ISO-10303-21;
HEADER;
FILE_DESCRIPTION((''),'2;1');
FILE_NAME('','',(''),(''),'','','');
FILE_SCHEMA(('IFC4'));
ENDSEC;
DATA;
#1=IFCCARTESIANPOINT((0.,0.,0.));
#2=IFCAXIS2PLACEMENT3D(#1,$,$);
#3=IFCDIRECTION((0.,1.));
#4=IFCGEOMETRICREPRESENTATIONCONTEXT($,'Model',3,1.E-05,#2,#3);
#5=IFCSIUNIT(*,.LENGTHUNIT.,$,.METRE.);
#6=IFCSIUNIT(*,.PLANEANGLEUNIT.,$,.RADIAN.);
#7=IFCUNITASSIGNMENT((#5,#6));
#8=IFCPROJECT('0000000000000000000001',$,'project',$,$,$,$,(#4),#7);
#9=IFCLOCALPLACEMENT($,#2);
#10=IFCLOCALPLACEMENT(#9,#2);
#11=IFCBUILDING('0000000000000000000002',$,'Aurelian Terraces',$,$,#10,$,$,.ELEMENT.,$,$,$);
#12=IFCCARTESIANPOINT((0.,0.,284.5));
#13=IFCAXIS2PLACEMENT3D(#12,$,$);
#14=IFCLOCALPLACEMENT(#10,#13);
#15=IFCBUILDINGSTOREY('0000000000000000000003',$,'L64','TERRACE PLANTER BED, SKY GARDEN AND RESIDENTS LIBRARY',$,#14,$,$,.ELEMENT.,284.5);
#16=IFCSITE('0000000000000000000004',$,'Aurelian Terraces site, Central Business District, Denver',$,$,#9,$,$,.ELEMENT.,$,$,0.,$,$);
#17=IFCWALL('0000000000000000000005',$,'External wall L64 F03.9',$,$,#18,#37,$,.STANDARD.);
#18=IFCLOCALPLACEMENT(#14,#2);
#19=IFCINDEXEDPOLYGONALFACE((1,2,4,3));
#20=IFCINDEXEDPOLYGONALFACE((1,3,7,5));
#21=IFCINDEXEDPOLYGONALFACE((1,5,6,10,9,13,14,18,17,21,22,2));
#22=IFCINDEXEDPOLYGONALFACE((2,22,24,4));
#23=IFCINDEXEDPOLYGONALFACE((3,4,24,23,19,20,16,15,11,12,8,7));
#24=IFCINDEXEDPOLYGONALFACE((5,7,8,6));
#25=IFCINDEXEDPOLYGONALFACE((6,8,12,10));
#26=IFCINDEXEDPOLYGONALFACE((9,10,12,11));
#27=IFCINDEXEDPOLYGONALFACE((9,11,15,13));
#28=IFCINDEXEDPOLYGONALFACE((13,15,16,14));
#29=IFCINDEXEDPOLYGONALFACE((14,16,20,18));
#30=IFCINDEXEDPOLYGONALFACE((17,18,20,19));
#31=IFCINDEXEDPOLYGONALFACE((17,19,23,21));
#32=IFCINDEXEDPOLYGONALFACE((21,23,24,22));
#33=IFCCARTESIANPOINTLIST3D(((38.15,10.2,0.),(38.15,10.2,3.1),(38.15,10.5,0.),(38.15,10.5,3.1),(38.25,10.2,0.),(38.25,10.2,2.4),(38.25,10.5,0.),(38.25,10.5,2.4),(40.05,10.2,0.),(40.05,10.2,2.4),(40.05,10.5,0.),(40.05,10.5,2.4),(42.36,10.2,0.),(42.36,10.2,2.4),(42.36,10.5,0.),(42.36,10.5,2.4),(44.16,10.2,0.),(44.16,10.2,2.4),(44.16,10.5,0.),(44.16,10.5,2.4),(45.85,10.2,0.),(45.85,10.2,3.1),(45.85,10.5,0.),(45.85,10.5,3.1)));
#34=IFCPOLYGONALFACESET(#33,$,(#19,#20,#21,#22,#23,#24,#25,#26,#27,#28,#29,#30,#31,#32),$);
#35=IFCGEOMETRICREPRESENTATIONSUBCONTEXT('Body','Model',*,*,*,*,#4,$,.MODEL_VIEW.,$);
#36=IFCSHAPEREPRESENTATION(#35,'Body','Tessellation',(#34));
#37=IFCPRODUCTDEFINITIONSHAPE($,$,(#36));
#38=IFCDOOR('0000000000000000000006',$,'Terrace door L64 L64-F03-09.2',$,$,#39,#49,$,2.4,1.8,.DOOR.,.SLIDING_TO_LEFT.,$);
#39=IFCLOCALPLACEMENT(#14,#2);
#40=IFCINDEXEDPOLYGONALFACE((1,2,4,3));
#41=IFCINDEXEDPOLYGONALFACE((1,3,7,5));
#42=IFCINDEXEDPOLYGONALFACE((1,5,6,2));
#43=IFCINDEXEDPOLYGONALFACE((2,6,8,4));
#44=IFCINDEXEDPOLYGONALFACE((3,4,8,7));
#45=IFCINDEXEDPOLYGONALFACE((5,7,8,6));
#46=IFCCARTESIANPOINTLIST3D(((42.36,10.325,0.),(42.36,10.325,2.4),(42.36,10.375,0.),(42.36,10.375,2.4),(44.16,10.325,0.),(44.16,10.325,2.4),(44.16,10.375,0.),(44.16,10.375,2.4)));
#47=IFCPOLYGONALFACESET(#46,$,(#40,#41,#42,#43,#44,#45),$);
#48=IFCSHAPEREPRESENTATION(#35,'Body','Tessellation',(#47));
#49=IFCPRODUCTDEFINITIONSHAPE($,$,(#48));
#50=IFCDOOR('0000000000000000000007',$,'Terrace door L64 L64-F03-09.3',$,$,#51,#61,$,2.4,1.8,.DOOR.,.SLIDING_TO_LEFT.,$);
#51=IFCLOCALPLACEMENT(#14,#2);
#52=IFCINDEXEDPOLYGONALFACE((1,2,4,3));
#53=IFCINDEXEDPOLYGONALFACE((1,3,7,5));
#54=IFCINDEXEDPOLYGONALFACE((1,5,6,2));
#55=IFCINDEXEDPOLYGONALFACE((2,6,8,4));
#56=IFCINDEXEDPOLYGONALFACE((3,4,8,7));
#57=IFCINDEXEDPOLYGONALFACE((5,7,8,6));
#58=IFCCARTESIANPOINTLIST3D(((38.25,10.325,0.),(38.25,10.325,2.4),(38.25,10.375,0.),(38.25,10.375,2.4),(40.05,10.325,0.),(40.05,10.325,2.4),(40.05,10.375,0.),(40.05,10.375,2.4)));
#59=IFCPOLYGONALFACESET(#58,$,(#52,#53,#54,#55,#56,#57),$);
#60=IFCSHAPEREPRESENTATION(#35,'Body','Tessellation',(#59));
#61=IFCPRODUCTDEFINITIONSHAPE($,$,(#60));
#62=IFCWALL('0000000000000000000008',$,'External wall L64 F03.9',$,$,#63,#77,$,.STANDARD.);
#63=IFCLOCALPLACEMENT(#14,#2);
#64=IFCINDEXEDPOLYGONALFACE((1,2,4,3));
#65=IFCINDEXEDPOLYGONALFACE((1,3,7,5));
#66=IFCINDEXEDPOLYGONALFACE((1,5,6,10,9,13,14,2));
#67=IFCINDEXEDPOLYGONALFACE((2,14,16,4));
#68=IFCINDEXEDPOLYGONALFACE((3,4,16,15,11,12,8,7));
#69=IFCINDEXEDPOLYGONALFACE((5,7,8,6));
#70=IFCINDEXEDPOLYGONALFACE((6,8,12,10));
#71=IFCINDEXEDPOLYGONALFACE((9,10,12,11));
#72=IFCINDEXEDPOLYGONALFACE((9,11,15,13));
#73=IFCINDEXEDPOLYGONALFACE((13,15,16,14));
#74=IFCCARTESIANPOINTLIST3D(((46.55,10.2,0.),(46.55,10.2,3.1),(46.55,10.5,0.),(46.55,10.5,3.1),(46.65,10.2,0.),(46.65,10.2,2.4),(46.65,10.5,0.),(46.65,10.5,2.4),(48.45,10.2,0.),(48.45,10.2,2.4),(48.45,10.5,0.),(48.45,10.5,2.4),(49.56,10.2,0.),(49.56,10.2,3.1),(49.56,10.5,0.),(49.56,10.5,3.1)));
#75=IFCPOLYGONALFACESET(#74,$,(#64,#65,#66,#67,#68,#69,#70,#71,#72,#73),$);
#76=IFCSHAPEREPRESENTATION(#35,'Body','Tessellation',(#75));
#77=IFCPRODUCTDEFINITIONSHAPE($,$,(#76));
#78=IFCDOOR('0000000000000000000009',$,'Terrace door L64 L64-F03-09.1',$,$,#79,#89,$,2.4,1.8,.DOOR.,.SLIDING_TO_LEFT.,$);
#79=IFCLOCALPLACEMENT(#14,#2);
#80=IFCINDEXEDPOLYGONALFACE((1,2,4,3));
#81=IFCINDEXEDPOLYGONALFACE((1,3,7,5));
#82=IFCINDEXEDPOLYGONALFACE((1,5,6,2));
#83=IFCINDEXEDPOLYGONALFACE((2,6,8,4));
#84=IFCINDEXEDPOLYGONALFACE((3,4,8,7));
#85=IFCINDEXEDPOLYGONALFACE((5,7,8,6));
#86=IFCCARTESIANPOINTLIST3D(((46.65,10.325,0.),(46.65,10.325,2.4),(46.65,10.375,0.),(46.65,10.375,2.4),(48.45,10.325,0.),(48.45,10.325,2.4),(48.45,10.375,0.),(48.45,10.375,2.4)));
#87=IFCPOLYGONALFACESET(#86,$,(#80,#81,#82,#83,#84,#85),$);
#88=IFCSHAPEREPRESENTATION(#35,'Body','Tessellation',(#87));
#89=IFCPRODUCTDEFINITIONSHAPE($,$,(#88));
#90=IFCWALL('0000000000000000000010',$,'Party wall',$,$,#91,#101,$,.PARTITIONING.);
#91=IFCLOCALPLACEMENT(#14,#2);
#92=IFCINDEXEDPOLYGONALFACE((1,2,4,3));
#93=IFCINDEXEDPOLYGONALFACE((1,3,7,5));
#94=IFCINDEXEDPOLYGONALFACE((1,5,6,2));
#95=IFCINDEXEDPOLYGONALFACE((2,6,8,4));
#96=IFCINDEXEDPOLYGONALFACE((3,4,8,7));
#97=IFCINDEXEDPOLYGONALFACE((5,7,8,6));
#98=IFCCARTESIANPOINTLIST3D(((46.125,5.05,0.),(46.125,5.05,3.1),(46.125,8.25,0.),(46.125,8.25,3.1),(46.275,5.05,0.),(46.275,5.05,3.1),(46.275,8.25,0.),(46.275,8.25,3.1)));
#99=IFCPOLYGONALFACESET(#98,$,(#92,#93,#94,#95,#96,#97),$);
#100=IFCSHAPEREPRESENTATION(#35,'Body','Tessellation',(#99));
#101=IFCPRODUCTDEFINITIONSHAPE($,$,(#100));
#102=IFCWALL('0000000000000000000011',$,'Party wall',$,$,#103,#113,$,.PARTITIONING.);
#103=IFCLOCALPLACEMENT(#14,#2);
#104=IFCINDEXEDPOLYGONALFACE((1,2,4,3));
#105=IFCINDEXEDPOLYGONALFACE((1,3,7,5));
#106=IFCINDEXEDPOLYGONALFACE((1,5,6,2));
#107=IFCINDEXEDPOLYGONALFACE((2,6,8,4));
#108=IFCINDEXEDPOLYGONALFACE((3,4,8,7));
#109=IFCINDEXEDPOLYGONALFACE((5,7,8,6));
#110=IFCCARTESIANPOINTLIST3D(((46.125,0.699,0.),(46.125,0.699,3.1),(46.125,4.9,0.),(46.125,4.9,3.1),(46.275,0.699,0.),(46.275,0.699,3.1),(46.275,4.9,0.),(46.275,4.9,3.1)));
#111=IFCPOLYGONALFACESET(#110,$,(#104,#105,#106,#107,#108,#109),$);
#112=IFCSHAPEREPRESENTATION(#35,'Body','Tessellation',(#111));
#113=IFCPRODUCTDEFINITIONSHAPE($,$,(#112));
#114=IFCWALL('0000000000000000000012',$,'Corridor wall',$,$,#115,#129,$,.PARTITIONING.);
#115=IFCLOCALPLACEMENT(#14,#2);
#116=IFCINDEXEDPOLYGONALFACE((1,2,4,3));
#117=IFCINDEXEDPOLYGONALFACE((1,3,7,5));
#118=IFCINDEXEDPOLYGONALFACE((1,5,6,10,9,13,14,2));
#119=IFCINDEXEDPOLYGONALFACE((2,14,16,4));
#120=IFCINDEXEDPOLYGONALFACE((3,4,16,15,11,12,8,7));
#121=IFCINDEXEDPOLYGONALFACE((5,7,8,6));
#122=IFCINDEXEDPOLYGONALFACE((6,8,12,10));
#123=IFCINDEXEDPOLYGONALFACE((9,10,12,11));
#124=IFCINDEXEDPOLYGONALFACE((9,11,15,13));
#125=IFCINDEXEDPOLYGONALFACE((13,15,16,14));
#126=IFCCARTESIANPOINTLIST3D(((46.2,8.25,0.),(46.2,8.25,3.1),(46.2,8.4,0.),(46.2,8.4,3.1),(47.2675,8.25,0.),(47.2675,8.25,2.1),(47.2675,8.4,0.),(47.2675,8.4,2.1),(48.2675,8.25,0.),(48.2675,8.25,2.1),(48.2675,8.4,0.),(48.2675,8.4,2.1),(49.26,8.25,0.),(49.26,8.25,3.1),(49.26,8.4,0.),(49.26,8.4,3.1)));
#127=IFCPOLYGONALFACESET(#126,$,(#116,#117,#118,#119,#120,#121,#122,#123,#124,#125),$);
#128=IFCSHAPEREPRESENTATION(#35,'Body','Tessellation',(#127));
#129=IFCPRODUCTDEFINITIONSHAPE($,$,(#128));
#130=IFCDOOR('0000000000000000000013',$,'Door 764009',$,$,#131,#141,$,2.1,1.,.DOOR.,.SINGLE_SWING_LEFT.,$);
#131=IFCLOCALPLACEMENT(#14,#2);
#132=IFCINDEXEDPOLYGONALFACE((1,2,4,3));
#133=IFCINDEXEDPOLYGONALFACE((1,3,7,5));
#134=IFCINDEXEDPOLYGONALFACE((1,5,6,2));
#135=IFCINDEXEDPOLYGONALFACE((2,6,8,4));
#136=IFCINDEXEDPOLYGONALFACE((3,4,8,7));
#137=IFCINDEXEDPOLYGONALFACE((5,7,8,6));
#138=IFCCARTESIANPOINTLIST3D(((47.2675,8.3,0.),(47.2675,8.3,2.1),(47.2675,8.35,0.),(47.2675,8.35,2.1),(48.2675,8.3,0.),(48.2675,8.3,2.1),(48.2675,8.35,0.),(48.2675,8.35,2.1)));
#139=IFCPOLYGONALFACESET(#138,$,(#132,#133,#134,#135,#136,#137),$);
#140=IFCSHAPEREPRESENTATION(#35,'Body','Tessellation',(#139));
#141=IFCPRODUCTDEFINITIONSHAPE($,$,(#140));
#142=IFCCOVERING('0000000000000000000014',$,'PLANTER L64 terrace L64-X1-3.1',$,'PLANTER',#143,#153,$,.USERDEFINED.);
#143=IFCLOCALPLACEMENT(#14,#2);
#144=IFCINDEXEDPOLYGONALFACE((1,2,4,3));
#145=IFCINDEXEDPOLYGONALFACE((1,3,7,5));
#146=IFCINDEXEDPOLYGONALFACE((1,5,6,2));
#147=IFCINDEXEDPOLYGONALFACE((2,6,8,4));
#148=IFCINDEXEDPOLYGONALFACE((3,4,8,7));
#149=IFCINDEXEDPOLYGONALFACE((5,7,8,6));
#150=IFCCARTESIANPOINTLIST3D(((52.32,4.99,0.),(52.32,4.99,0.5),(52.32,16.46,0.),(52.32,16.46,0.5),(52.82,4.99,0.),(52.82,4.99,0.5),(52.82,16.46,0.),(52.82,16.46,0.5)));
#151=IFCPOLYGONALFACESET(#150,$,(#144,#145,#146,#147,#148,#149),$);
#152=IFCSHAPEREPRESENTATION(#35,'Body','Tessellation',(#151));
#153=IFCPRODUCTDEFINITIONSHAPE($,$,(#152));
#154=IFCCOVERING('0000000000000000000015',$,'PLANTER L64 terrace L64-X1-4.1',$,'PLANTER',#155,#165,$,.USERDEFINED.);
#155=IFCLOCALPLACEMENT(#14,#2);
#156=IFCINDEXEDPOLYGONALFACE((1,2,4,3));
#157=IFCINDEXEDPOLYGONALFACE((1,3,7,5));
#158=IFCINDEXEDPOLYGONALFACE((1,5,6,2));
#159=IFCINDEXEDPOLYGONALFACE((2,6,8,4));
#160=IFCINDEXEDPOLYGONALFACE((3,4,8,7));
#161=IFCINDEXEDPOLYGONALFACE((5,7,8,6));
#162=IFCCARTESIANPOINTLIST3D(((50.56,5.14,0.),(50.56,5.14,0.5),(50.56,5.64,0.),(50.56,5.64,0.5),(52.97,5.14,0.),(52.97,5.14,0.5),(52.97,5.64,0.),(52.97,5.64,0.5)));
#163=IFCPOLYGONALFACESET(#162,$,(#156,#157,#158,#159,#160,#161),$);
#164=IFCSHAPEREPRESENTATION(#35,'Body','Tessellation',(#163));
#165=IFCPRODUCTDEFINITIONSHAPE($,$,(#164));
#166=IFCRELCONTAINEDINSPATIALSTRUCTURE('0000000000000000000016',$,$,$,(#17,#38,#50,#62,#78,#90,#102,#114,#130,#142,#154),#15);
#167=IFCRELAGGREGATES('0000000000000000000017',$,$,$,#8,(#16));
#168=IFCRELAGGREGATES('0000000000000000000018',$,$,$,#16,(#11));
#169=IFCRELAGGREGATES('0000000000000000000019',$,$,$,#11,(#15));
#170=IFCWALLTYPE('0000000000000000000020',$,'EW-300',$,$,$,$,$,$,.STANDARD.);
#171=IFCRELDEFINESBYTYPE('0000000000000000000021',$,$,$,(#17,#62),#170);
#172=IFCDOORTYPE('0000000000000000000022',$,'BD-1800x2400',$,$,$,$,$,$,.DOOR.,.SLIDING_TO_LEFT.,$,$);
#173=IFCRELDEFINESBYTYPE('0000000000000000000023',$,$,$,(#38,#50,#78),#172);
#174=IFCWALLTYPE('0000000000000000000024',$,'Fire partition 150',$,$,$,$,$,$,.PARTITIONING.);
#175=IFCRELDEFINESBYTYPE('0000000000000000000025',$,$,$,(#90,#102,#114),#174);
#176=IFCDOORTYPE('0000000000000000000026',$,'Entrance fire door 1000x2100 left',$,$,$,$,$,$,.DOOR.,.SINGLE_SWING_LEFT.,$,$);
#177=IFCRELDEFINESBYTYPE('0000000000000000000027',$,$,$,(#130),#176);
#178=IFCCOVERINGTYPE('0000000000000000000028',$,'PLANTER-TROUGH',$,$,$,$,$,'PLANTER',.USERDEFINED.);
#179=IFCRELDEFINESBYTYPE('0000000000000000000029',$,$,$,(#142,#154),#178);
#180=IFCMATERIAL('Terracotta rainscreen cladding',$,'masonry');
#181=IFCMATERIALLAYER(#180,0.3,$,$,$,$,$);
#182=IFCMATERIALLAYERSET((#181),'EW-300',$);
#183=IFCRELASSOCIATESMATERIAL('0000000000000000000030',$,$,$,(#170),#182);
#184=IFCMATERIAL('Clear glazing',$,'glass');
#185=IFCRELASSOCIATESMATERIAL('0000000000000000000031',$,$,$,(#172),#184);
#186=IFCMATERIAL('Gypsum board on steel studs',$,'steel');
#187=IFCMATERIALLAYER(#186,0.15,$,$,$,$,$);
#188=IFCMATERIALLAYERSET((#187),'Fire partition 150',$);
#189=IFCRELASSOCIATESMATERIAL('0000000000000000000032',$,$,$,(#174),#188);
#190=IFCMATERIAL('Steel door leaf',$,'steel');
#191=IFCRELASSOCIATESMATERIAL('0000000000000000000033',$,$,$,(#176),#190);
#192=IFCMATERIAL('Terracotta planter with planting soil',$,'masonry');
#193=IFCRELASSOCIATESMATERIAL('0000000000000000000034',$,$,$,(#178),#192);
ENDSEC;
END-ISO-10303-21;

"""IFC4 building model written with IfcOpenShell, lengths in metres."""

from ifc_helpers import new_model, si_unit, direction, frame, frame_2d, origin, origin_2d, place, context, subcontext, project, spatial, rectangle, extrude, source, transform, mapped, material, layer, layer_set, type_object, element, fill, save


model = new_model("IFC4")

# Units and contexts
model_context = context("Model", 3, precision=1e-05, world=origin(), true_north=direction((0.0, 1.0)))
body_context = subcontext(model_context, "Body", "Model", "MODEL_VIEW")
ifc_project = project(units=[si_unit("LENGTHUNIT", "METRE"), si_unit("PLANEANGLEUNIT", "RADIAN")], contexts=[model_context])

# Site, building, storey
site_placement = place(None, origin())
site = spatial("IfcSite", under=ifc_project, at=site_placement, Name="Aurelian Terraces site, Central Business District, Denver", CompositionType="ELEMENT", RefElevation=0.0)
building_placement = place(site_placement, origin())
building = spatial("IfcBuilding", under=site, at=building_placement, Name="Aurelian Terraces", CompositionType="ELEMENT")
storey_placement = place(building_placement, frame((0.0, 0.0, 284.5)))
storey = spatial("IfcBuildingStorey", under=building, at=storey_placement, Name="L64", Description="TERRACE PLANTER BED, SKY GARDEN AND RESIDENTS LIBRARY", CompositionType="ELEMENT", Elevation=284.5)

# Shared definitions
ifc_material_1 = material(Name="Terracotta rainscreen cladding", Category="masonry")
ifc_layer_1 = layer(ifc_material_1, 0.3)
ifc_layer_set_1 = layer_set([ifc_layer_1], Name="EW-300")
wall_type_1 = type_object("IfcWallType", Name="EW-300", PredefinedType="STANDARD", material=ifc_layer_set_1)
ifc_material_2 = material(Name="Clear glazing", Category="glass")

# Shared definitions
shared_shape_1 = source(origin(), body_context, "Body", "SweptSolid", [
    extrude(rectangle(XDim=1.8, YDim=2.4, at=frame_2d((0.9, 1.2))), frame((0.0, 0.16, 0.0), z_axis=(0.0, -1.0, 0.0), x_axis=(1.0, 0.0, 0.0)), (0.0, 0.0, 1.0), 0.32),
])
door_type_1 = type_object("IfcDoorType", Name="BD-1800x2400", OperationType="SLIDING_TO_LEFT", PredefinedType="DOOR", material=ifc_material_2)
shared_shape_2 = source(origin(), body_context, "Body", "SweptSolid", [
    extrude(rectangle(XDim=1.8, YDim=2.4, at=frame_2d((0.9, 1.2))), frame((0.0, 0.025, 0.0), z_axis=(0.0, -1.0, 0.0), x_axis=(1.0, 0.0, 0.0)), (0.0, 0.0, 1.0), 0.05),
])

# Shared definitions
ifc_material_3 = material(Name="Gypsum board on steel studs", Category="steel")

# Wall, openings, doors
shared_shape_3 = source(origin(), body_context, "Body", "SweptSolid", [
    extrude(rectangle(XDim=7.7, YDim=0.3, at=frame_2d((3.85, 0.0))), origin(), (0.0, 0.0, 1.0), 3.1),
])
wall_1_placement = place(storey_placement, frame((45.85, 10.35, 0.0), z_axis=(0.0, 0.0, 1.0), x_axis=(-1.0, 0.0, 0.0)))
wall_1 = element("IfcWall", 1, at=wall_1_placement, inside=storey, type_object=wall_type_1, Name="External wall L64 F03.9", PredefinedType="STANDARD", context=body_context, shape_type="MappedRepresentation", body=[
    mapped(shared_shape_3, transform((0.0, 0.0, 0.0), scale=1.0)),
])
opening_1_placement = place(wall_1_placement, frame((1.69, 0.0, 0.0)))
opening_1 = element("IfcOpeningElement", 2, at=opening_1_placement, cuts=wall_1, PredefinedType="OPENING", context=body_context, shape_type="MappedRepresentation", body=[
    mapped(shared_shape_1, transform((0.0, 0.0, 0.0), scale=1.0)),
])
opening_2_placement = place(wall_1_placement, frame((5.8, 0.0, 0.0)))
opening_2 = element("IfcOpeningElement", 3, at=opening_2_placement, cuts=wall_1, PredefinedType="OPENING", context=body_context, shape_type="MappedRepresentation", body=[
    mapped(shared_shape_1, transform((0.0, 0.0, 0.0), scale=1.0)),
])
door_1_placement = place(opening_1_placement, origin())
door_1 = element("IfcDoor", 4, at=door_1_placement, inside=storey, type_object=door_type_1, Name="Terrace door L64 L64-F03-09.2", OperationType="SLIDING_TO_LEFT", OverallHeight=2.4, OverallWidth=1.8, PredefinedType="DOOR", context=body_context, shape_type="MappedRepresentation", body=[
    mapped(shared_shape_2, transform((0.0, 0.0, 0.0), scale=1.0)),
])
fill(opening_1, door_1)
door_2_placement = place(opening_2_placement, origin())
door_2 = element("IfcDoor", 5, at=door_2_placement, inside=storey, type_object=door_type_1, Name="Terrace door L64 L64-F03-09.3", OperationType="SLIDING_TO_LEFT", OverallHeight=2.4, OverallWidth=1.8, PredefinedType="DOOR", context=body_context, shape_type="MappedRepresentation", body=[
    mapped(shared_shape_2, transform((0.0, 0.0, 0.0), scale=1.0)),
])
fill(opening_2, door_2)

# Wall, opening, door
shared_shape_4 = source(origin(), body_context, "Body", "SweptSolid", [
    extrude(rectangle(XDim=3.01, YDim=0.3, at=frame_2d((1.505, 0.0))), origin(), (0.0, 0.0, 1.0), 3.1),
])
wall_2_placement = place(storey_placement, frame((49.56, 10.35, 0.0), z_axis=(0.0, 0.0, 1.0), x_axis=(-1.0, 0.0, 0.0)))
wall_2 = element("IfcWall", 6, at=wall_2_placement, inside=storey, type_object=wall_type_1, Name="External wall L64 F03.9", PredefinedType="STANDARD", context=body_context, shape_type="MappedRepresentation", body=[
    mapped(shared_shape_4, transform((0.0, 0.0, 0.0), scale=1.0)),
])
opening_3_placement = place(wall_2_placement, frame((1.11, 0.0, 0.0)))
opening_3 = element("IfcOpeningElement", 7, at=opening_3_placement, cuts=wall_2, PredefinedType="OPENING", context=body_context, shape_type="MappedRepresentation", body=[
    mapped(shared_shape_1, transform((0.0, 0.0, 0.0), scale=1.0)),
])
door_3_placement = place(opening_3_placement, origin())
door_3 = element("IfcDoor", 8, at=door_3_placement, inside=storey, type_object=door_type_1, Name="Terrace door L64 L64-F03-09.1", OperationType="SLIDING_TO_LEFT", OverallHeight=2.4, OverallWidth=1.8, PredefinedType="DOOR", context=body_context, shape_type="MappedRepresentation", body=[
    mapped(shared_shape_2, transform((0.0, 0.0, 0.0), scale=1.0)),
])
fill(opening_3, door_3)

# Walls
ifc_layer_2 = layer(ifc_material_3, 0.15)
ifc_layer_set_2 = layer_set([ifc_layer_2], Name="Fire partition 150")
wall_type_2 = type_object("IfcWallType", Name="Fire partition 150", PredefinedType="PARTITIONING", material=ifc_layer_set_2)
shared_shape_5 = source(origin(), body_context, "Body", "SweptSolid", [
    extrude(rectangle(XDim=3.2, YDim=0.15, at=frame_2d((1.6, 0.0))), origin(), (0.0, 0.0, 1.0), 3.1),
])
wall_3_placement = place(storey_placement, frame((46.2, 5.05, 0.0), z_axis=(0.0, 0.0, 1.0), x_axis=(0.0, 1.0, 0.0)))
element("IfcWall", 9, at=wall_3_placement, inside=storey, type_object=wall_type_2, Name="Party wall", PredefinedType="PARTITIONING", context=body_context, shape_type="MappedRepresentation", body=[
    mapped(shared_shape_5, transform((0.0, 0.0, 0.0), scale=1.0)),
])
shared_shape_6 = source(origin(), body_context, "Body", "SweptSolid", [
    extrude(rectangle(XDim=4.201, YDim=0.15, at=frame_2d((2.1005, 0.0))), origin(), (0.0, 0.0, 1.0), 3.1),
])
wall_4_placement = place(storey_placement, frame((46.2, 0.699, 0.0), z_axis=(0.0, 0.0, 1.0), x_axis=(0.0, 1.0, 0.0)))
element("IfcWall", 10, at=wall_4_placement, inside=storey, type_object=wall_type_2, Name="Party wall", PredefinedType="PARTITIONING", context=body_context, shape_type="MappedRepresentation", body=[
    mapped(shared_shape_6, transform((0.0, 0.0, 0.0), scale=1.0)),
])

# Wall, opening, door
shared_shape_7 = source(origin(), body_context, "Body", "SweptSolid", [
    extrude(rectangle(XDim=3.06, YDim=0.15, at=frame_2d((1.53, 0.0))), origin(), (0.0, 0.0, 1.0), 3.1),
])
wall_5_placement = place(storey_placement, frame((49.26, 8.325, 0.0), z_axis=(0.0, 0.0, 1.0), x_axis=(-1.0, 0.0, 0.0)))
wall_5 = element("IfcWall", 11, at=wall_5_placement, inside=storey, type_object=wall_type_2, Name="Corridor wall", PredefinedType="PARTITIONING", context=body_context, shape_type="MappedRepresentation", body=[
    mapped(shared_shape_7, transform((0.0, 0.0, 0.0), scale=1.0)),
])
shared_shape_8 = source(origin(), body_context, "Body", "SweptSolid", [
    extrude(rectangle(XDim=1.0, YDim=2.1, at=frame_2d((0.5, 1.05))), frame((0.0, 0.085, 0.0), z_axis=(0.0, -1.0, 0.0), x_axis=(1.0, 0.0, 0.0)), (0.0, 0.0, 1.0), 0.17),
])
opening_4_placement = place(wall_5_placement, frame((0.9925, 0.0, 0.0)))
opening_4 = element("IfcOpeningElement", 12, at=opening_4_placement, cuts=wall_5, PredefinedType="OPENING", context=body_context, shape_type="MappedRepresentation", body=[
    mapped(shared_shape_8, transform((0.0, 0.0, 0.0), scale=1.0)),
])
ifc_material_4 = material(Name="Steel door leaf", Category="steel")
door_type_2 = type_object("IfcDoorType", Name="Entrance fire door 1000x2100 left", OperationType="SINGLE_SWING_LEFT", PredefinedType="DOOR", material=ifc_material_4)
shared_shape_9 = source(origin(), body_context, "Body", "SweptSolid", [
    extrude(rectangle(XDim=1.0, YDim=2.1, at=frame_2d((0.5, 1.05))), frame((0.0, 0.025, 0.0), z_axis=(0.0, -1.0, 0.0), x_axis=(1.0, 0.0, 0.0)), (0.0, 0.0, 1.0), 0.05),
])
door_4_placement = place(opening_4_placement, origin())
door_4 = element("IfcDoor", 13, at=door_4_placement, inside=storey, type_object=door_type_2, Name="Door 764009", OperationType="SINGLE_SWING_LEFT", OverallHeight=2.1, OverallWidth=1.0, PredefinedType="DOOR", context=body_context, shape_type="MappedRepresentation", body=[
    mapped(shared_shape_9, transform((0.0, 0.0, 0.0), scale=1.0)),
])
fill(opening_4, door_4)

# Coverings
ifc_material_5 = material(Name="Terracotta planter with planting soil", Category="masonry")
covering_type_1 = type_object("IfcCoveringType", Name="PLANTER-TROUGH", ElementType="PLANTER", PredefinedType="USERDEFINED", material=ifc_material_5)
covering_1_placement = place(storey_placement, frame((52.57, 10.725, 0.0), z_axis=(0.0, 0.0, 1.0), x_axis=(1.0, 0.0, 0.0)))
element("IfcCovering", 14, at=covering_1_placement, inside=storey, type_object=covering_type_1, Name="PLANTER L64 terrace L64-X1-3.1", ObjectType="PLANTER", PredefinedType="USERDEFINED", context=body_context, shape_type="SweptSolid", body=[
    extrude(rectangle(XDim=0.5, YDim=11.47, at=origin_2d()), origin(), (0.0, 0.0, 1.0), 0.5),
])
shared_shape_10 = source(origin(), body_context, "Body", "SweptSolid", [
    extrude(rectangle(XDim=2.41, YDim=0.5, at=origin_2d()), origin(), (0.0, 0.0, 1.0), 0.5),
])
covering_2_placement = place(storey_placement, frame((51.765, 5.39, 0.0), z_axis=(0.0, 0.0, 1.0), x_axis=(1.0, 0.0, 0.0)))
element("IfcCovering", 15, at=covering_2_placement, inside=storey, type_object=covering_type_1, Name="PLANTER L64 terrace L64-X1-4.1", ObjectType="PLANTER", PredefinedType="USERDEFINED", context=body_context, shape_type="MappedRepresentation", body=[
    mapped(shared_shape_10, transform((0.0, 0.0, 0.0), scale=1.0)),
])

save(model, "model.ifc")
